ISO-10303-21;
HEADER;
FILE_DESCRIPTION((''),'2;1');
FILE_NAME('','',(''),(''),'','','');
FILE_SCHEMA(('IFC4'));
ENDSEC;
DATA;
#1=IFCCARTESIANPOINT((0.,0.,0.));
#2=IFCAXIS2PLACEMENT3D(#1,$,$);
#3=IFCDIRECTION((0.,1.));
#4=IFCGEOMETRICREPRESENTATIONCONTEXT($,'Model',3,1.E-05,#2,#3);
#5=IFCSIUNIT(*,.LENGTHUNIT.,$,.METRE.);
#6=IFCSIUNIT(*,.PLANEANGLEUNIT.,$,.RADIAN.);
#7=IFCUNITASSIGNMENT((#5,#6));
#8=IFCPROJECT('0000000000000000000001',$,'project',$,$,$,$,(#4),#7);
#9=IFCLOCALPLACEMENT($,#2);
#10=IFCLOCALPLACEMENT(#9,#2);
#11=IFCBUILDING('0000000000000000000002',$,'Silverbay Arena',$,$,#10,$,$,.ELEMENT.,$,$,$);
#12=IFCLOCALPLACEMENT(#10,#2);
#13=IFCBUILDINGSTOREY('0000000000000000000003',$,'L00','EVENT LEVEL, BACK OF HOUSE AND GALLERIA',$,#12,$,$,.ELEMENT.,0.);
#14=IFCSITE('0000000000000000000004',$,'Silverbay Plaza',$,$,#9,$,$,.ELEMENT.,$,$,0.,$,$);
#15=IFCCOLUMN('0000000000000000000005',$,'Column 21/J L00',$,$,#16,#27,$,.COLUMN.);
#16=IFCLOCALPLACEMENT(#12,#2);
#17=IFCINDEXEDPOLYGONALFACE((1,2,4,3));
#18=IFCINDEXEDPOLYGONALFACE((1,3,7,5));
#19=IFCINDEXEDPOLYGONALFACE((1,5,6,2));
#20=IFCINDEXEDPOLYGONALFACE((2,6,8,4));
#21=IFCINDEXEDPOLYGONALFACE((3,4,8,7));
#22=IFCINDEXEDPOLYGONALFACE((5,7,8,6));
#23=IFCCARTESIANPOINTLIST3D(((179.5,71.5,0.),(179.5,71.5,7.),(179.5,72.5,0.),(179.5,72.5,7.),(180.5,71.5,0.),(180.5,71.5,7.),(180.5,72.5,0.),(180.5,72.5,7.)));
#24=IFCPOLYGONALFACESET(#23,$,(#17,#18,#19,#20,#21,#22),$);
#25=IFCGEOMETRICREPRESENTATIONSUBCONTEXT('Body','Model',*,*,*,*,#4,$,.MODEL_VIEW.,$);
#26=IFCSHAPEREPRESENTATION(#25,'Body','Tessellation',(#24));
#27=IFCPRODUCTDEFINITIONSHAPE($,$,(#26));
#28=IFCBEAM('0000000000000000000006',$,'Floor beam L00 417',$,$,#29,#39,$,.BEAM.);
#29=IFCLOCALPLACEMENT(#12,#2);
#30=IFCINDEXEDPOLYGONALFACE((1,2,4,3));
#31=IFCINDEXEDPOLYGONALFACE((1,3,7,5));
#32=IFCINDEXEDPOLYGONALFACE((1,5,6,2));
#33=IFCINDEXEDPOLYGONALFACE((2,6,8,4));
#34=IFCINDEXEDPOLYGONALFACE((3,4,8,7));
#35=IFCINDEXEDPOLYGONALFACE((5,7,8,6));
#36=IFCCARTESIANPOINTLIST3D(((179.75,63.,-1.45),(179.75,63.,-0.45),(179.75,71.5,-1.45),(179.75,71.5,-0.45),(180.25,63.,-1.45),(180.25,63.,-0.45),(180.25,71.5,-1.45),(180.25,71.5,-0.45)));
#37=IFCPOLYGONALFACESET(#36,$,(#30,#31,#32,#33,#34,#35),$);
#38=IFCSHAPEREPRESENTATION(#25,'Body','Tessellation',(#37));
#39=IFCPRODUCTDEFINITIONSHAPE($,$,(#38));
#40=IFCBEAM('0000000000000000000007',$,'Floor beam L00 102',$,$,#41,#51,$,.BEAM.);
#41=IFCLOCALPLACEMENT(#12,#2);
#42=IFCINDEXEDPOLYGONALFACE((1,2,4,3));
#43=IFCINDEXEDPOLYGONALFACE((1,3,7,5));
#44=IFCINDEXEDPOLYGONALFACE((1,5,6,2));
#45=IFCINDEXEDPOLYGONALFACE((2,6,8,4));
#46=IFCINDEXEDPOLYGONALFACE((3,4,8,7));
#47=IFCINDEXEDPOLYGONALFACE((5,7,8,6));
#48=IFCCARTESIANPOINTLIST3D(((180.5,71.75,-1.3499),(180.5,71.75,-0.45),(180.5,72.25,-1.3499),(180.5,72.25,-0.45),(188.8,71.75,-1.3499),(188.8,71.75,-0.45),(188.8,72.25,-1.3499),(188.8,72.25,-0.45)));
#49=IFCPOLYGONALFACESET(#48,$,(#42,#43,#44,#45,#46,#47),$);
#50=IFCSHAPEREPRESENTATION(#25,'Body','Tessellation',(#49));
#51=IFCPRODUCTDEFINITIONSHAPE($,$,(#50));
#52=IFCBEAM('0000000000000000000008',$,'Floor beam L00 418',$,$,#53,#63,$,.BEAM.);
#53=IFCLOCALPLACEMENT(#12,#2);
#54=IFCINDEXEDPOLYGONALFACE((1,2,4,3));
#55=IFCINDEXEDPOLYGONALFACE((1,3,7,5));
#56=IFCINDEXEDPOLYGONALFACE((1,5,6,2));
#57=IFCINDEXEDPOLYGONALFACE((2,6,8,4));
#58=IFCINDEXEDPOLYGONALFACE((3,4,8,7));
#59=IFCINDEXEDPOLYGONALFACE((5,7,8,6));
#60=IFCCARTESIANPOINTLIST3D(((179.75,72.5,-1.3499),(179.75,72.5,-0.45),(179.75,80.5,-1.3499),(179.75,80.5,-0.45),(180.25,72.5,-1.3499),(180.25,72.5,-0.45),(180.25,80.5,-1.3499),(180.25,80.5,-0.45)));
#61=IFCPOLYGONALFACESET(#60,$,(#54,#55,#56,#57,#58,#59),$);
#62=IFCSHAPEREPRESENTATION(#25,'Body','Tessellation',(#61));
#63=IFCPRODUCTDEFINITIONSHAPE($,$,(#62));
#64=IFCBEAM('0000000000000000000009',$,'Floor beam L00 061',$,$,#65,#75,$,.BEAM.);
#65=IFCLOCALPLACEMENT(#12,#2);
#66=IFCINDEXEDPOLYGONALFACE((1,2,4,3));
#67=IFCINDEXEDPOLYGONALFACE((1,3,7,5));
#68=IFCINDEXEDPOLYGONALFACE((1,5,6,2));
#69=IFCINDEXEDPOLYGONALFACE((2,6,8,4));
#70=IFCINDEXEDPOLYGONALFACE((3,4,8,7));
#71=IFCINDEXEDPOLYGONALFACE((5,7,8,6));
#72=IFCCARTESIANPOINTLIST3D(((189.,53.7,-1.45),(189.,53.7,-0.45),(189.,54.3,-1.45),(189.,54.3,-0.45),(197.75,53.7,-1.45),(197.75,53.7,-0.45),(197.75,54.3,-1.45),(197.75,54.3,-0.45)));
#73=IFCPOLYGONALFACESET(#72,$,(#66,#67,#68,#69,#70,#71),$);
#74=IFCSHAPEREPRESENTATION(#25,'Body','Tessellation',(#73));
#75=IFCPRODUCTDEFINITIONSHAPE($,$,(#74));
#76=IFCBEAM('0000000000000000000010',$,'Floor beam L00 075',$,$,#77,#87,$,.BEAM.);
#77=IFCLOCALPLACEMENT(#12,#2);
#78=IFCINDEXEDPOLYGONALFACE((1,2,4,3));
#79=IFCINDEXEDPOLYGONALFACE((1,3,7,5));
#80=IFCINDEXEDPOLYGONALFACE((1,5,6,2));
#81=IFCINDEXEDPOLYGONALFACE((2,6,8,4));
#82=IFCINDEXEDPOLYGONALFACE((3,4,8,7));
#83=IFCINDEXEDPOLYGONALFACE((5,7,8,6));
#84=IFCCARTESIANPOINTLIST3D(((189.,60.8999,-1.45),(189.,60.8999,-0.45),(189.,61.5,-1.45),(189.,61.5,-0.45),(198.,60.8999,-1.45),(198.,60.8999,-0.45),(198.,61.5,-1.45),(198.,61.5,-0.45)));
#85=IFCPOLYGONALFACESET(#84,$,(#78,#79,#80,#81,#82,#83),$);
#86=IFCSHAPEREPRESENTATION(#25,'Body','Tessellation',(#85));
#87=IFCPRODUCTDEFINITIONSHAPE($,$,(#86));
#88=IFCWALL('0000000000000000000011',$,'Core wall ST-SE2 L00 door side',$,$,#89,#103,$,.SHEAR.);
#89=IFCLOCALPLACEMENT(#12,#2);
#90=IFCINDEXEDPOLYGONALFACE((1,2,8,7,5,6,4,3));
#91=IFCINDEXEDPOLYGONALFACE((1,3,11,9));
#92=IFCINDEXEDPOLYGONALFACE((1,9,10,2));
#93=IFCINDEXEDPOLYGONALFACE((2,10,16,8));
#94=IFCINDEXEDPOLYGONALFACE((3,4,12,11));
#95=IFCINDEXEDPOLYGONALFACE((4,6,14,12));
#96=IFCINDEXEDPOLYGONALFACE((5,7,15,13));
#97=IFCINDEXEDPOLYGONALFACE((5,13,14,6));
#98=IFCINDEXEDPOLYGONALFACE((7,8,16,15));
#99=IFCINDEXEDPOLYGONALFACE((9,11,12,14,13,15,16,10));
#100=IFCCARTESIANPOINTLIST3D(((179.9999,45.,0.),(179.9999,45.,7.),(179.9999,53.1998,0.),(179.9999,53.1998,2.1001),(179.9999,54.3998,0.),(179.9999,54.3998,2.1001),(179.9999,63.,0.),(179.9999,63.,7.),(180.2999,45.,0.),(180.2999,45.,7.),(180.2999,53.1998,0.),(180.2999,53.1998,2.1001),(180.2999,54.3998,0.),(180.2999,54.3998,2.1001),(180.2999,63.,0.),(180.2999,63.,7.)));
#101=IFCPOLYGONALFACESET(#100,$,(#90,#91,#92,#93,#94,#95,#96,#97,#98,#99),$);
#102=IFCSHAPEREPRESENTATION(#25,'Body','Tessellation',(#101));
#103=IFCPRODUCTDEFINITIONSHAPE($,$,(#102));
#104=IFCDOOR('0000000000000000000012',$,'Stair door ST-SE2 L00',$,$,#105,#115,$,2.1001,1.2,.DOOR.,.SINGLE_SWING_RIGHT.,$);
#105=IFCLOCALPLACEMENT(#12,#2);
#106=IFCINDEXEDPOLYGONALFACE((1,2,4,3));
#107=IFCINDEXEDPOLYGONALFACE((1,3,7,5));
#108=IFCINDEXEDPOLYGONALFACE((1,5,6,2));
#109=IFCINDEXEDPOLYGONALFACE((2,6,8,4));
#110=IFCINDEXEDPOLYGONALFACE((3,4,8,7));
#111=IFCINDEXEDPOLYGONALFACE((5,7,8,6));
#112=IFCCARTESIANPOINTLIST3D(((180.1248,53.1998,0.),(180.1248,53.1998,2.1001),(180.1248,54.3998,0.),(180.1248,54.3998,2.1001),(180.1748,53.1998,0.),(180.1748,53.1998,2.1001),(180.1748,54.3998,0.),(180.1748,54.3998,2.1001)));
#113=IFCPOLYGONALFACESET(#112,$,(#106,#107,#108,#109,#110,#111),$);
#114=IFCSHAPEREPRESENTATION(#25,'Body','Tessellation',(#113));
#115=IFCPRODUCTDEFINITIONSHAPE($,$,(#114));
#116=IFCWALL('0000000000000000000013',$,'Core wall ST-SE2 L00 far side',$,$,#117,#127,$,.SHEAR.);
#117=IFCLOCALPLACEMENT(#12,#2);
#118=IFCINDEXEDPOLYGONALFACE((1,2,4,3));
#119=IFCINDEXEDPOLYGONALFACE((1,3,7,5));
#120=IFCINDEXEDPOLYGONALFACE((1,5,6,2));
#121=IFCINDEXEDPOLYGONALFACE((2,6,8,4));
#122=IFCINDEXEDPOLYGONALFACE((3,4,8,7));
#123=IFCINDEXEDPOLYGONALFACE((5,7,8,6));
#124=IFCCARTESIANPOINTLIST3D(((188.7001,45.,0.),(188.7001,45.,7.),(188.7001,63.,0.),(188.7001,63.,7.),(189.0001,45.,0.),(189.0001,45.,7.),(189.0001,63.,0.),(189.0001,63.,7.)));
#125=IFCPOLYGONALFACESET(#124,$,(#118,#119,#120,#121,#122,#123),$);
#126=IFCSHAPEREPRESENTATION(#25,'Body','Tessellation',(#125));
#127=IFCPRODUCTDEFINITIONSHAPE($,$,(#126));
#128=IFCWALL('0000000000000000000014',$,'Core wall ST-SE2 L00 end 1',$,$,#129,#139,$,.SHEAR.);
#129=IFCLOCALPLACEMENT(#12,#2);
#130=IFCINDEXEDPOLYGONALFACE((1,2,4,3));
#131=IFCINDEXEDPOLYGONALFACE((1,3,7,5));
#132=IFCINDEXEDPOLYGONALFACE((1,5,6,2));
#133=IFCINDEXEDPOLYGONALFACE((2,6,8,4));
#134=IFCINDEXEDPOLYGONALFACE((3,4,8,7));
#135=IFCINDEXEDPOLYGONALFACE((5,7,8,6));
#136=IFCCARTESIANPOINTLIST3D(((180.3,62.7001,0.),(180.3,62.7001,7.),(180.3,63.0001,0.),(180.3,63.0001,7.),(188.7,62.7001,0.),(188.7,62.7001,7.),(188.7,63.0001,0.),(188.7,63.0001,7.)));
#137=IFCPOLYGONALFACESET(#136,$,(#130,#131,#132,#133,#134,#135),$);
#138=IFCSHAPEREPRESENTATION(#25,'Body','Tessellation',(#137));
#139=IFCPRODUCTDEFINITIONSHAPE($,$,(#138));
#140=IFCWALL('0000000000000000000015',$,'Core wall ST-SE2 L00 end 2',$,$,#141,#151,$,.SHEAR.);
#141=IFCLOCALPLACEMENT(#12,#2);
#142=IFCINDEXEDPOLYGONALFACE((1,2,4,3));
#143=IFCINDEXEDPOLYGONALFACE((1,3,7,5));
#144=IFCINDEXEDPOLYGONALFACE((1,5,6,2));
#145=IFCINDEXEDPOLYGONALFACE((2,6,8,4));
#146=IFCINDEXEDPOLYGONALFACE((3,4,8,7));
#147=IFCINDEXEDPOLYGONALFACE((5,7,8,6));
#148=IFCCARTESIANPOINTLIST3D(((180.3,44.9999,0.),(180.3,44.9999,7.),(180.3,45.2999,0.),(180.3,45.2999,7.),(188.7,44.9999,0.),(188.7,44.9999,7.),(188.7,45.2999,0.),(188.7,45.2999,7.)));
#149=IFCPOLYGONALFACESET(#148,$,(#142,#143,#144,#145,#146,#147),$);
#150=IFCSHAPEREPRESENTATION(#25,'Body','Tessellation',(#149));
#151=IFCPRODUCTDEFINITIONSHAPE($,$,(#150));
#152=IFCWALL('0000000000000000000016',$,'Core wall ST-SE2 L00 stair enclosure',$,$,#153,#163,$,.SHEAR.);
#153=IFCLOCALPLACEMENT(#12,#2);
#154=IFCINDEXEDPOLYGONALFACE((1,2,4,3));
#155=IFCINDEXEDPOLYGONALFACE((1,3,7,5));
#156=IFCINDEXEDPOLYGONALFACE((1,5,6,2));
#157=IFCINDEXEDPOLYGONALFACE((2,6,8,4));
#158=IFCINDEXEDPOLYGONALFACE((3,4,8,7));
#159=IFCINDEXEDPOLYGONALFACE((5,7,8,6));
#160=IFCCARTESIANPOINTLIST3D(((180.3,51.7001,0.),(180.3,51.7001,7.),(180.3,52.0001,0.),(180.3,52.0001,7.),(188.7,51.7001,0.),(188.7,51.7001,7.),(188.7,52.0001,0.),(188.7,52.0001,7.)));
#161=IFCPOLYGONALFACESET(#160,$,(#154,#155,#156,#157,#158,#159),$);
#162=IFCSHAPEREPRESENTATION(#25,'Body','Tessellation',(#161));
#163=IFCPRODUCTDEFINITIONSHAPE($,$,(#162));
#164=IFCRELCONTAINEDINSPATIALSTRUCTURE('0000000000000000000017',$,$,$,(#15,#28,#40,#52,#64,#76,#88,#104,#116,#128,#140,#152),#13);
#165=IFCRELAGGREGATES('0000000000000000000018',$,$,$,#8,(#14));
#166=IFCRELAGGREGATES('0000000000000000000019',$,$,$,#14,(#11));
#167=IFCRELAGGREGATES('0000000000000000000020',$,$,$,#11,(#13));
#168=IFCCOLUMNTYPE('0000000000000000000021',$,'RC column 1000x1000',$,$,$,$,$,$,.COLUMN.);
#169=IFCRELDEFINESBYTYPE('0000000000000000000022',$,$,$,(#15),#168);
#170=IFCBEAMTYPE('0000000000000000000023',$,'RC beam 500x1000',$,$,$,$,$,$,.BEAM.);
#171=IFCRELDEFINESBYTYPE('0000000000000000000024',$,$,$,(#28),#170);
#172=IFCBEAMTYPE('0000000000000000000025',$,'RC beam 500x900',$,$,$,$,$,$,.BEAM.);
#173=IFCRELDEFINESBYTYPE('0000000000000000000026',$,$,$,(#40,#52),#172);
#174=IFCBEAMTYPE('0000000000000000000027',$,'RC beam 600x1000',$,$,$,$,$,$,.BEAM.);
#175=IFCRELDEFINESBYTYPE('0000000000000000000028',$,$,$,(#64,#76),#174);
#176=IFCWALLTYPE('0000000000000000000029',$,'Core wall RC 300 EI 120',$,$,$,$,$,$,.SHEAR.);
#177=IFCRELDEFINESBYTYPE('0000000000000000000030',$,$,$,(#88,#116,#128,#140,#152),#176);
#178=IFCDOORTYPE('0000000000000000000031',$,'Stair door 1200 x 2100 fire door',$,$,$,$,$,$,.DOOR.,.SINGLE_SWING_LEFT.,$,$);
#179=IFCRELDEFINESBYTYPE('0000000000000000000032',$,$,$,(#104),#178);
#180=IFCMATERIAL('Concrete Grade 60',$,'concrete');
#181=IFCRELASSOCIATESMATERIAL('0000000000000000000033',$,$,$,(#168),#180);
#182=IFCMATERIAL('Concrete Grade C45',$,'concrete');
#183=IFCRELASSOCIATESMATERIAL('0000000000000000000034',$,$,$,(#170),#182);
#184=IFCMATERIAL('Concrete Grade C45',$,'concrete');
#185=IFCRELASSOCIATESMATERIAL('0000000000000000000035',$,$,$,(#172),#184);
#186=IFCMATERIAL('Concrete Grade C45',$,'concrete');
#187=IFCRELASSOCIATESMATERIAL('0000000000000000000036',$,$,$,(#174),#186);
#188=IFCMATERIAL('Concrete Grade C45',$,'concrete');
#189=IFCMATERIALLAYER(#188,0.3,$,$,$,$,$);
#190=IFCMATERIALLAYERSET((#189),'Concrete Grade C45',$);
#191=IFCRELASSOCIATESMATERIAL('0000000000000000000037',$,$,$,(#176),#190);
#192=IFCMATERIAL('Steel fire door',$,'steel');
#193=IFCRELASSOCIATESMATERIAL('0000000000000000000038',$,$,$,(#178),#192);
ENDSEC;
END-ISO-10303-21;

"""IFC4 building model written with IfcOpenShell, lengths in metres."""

from ifc_helpers import new_model, si_unit, direction, frame, frame_2d, origin, origin_2d, place, context, subcontext, project, spatial, rectangle, extrude, material, layer, layer_set, material_profile, profile_set, type_object, element, fill, save


model = new_model("IFC4")

# Units and contexts
model_context = context("Model", 3, precision=1e-05, world=origin(), true_north=direction((0.0, 1.0)))
body_context = subcontext(model_context, "Body", "Model", "MODEL_VIEW")
ifc_project = project(units=[si_unit("LENGTHUNIT", "METRE"), si_unit("PLANEANGLEUNIT", "RADIAN")], contexts=[model_context])

# Site, building, storey
site_placement = place(None, origin())
site = spatial("IfcSite", under=ifc_project, at=site_placement, Name="Silverbay Plaza", CompositionType="ELEMENT", RefElevation=0.0)
building_placement = place(site_placement, origin())
building = spatial("IfcBuilding", under=site, at=building_placement, Name="Silverbay Arena", CompositionType="ELEMENT")
storey_placement = place(building_placement, origin())
storey = spatial("IfcBuildingStorey", under=building, at=storey_placement, Name="L00", Description="EVENT LEVEL, BACK OF HOUSE AND GALLERIA", CompositionType="ELEMENT", Elevation=0.0)

# Column
ifc_material_1 = material(Name="Concrete Grade 60", Category="concrete")
ifc_material_profile_1 = material_profile(ifc_material_1, rectangle(XDim=1.0, YDim=1.0, at=origin_2d()), Name="RC 1000x1000")
ifc_profile_set_1 = profile_set([ifc_material_profile_1], Name="Concrete Grade 60")
column_type = type_object("IfcColumnType", Name="RC column 1000x1000", PredefinedType="COLUMN", material=ifc_profile_set_1)
column_placement = place(storey_placement, frame((180.0, 72.0, 0.0), z_axis=(0.0, 0.0, 1.0), x_axis=(1.0, 0.0, 0.0)))
element("IfcColumn", 1, at=column_placement, inside=storey, type_object=column_type, Name="Column 21/J L00", PredefinedType="COLUMN", context=body_context, shape_type="SweptSolid", body=[
    extrude(rectangle(XDim=1.0, YDim=1.0, at=origin_2d()), origin(), (0.0, 0.0, 1.0), 7.0),
])

# Beams
ifc_material_2 = material(Name="Concrete Grade C45", Category="concrete")
ifc_material_profile_2 = material_profile(ifc_material_2, rectangle(XDim=0.5, YDim=1.0, at=origin_2d()), Name="RC 500x1000")
ifc_profile_set_2 = profile_set([ifc_material_profile_2], Name="Concrete Grade C45")
beam_type_1 = type_object("IfcBeamType", Name="RC beam 500x1000", PredefinedType="BEAM", material=ifc_profile_set_2)
beam_1_placement = place(storey_placement, frame((180.0, 63.0, -0.95), z_axis=(0.0, 1.0, 0.0), x_axis=(-1.0, 0.0, 0.0)))
element("IfcBeam", 2, at=beam_1_placement, inside=storey, type_object=beam_type_1, Name="Floor beam L00 417", PredefinedType="BEAM", context=body_context, shape_type="SweptSolid", body=[
    extrude(rectangle(XDim=0.5, YDim=1.0, at=origin_2d()), origin(), (0.0, 0.0, 1.0), 8.5),
])
ifc_material_3 = material(Name="Concrete Grade C45", Category="concrete")
ifc_material_profile_3 = material_profile(ifc_material_3, rectangle(XDim=0.5, YDim=0.8999, at=origin_2d()), Name="RC 500x900")
ifc_profile_set_3 = profile_set([ifc_material_profile_3], Name="Concrete Grade C45")
beam_type_2 = type_object("IfcBeamType", Name="RC beam 500x900", PredefinedType="BEAM", material=ifc_profile_set_3)
beam_2_placement = place(storey_placement, frame((180.5, 72.0, -0.8999), z_axis=(1.0, 0.0, 0.0), x_axis=(0.0, 1.0, 0.0)))
element("IfcBeam", 3, at=beam_2_placement, inside=storey, type_object=beam_type_2, Name="Floor beam L00 102", PredefinedType="BEAM", context=body_context, shape_type="SweptSolid", body=[
    extrude(rectangle(XDim=0.5, YDim=0.8999, at=origin_2d()), origin(), (0.0, 0.0, 1.0), 8.3),
])
beam_3_placement = place(storey_placement, frame((180.0, 72.5, -0.8999), z_axis=(0.0, 1.0, 0.0), x_axis=(-1.0, 0.0, 0.0)))
element("IfcBeam", 4, at=beam_3_placement, inside=storey, type_object=beam_type_2, Name="Floor beam L00 418", PredefinedType="BEAM", context=body_context, shape_type="SweptSolid", body=[
    extrude(rectangle(XDim=0.5, YDim=0.8999, at=origin_2d()), origin(), (0.0, 0.0, 1.0), 8.0),
])
ifc_material_4 = material(Name="Concrete Grade C45", Category="concrete")
ifc_material_profile_4 = material_profile(ifc_material_4, rectangle(XDim=0.6001, YDim=1.0, at=origin_2d()), Name="RC 600x1000")
ifc_profile_set_4 = profile_set([ifc_material_profile_4], Name="Concrete Grade C45")
beam_type_3 = type_object("IfcBeamType", Name="RC beam 600x1000", PredefinedType="BEAM", material=ifc_profile_set_4)
beam_4_placement = place(storey_placement, frame((189.0, 54.0, -0.95), z_axis=(1.0, 0.0, 0.0), x_axis=(0.0, 1.0, 0.0)))
element("IfcBeam", 5, at=beam_4_placement, inside=storey, type_object=beam_type_3, Name="Floor beam L00 061", PredefinedType="BEAM", context=body_context, shape_type="SweptSolid", body=[
    extrude(rectangle(XDim=0.6001, YDim=1.0, at=origin_2d()), origin(), (0.0, 0.0, 1.0), 8.75),
])
beam_5_placement = place(storey_placement, frame((189.0, 61.2, -0.95), z_axis=(1.0, 0.0, 0.0), x_axis=(0.0, 1.0, 0.0)))
element("IfcBeam", 6, at=beam_5_placement, inside=storey, type_object=beam_type_3, Name="Floor beam L00 075", PredefinedType="BEAM", context=body_context, shape_type="SweptSolid", body=[
    extrude(rectangle(XDim=0.6001, YDim=1.0, at=origin_2d()), origin(), (0.0, 0.0, 1.0), 9.0),
])

# Wall, opening, door
ifc_material_5 = material(Name="Concrete Grade C45", Category="concrete")
ifc_layer_1 = layer(ifc_material_5, 0.3)
ifc_layer_set_1 = layer_set([ifc_layer_1], Name="Concrete Grade C45")
wall_type_1 = type_object("IfcWallType", Name="Core wall RC 300 EI 120", PredefinedType="SHEAR", material=ifc_layer_set_1)
wall_1_placement = place(storey_placement, frame((180.1499, 63.0, 0.0), z_axis=(0.0, 0.0, 1.0), x_axis=(0.0, -1.0, 0.0)))
wall_1 = element("IfcWall", 7, at=wall_1_placement, inside=storey, type_object=wall_type_1, Name="Core wall ST-SE2 L00 door side", PredefinedType="SHEAR", context=body_context, shape_type="SweptSolid", body=[
    extrude(rectangle(XDim=18.0, YDim=0.3, at=frame_2d((9.0, 0.0))), origin(), (0.0, 0.0, 1.0), 7.0),
])
opening_1_placement = place(wall_1_placement, frame((8.6001, 0.0, 0.0)))
opening_1 = element("IfcOpeningElement", 8, at=opening_1_placement, cuts=wall_1, PredefinedType="OPENING", context=body_context, shape_type="SweptSolid", body=[
    extrude(rectangle(XDim=1.2, YDim=2.1001, at=frame_2d((0.6001, 1.05))), frame((0.0, 0.1602, 0.0), z_axis=(0.0, -1.0, 0.0), x_axis=(1.0, 0.0, 0.0)), (0.0, 0.0, 1.0), 0.3201),
])
ifc_material_6 = material(Name="Steel fire door", Category="steel")
door_type_1 = type_object("IfcDoorType", Name="Stair door 1200 x 2100 fire door", OperationType="SINGLE_SWING_LEFT", PredefinedType="DOOR", material=ifc_material_6)
door_1_placement = place(opening_1_placement, origin())
door_1 = element("IfcDoor", 9, at=door_1_placement, inside=storey, type_object=door_type_1, Name="Stair door ST-SE2 L00", OperationType="SINGLE_SWING_RIGHT", OverallHeight=2.1001, OverallWidth=1.2, PredefinedType="DOOR", context=body_context, shape_type="SweptSolid", body=[
    extrude(rectangle(XDim=1.2, YDim=2.1001, at=frame_2d((0.6001, 1.05))), frame((0.0, 0.0249, 0.0), z_axis=(0.0, -1.0, 0.0), x_axis=(1.0, 0.0, 0.0)), (0.0, 0.0, 1.0), 0.05),
])
fill(opening_1, door_1)

# Walls
wall_2_placement = place(storey_placement, frame((188.8501, 63.0, 0.0), z_axis=(0.0, 0.0, 1.0), x_axis=(0.0, -1.0, 0.0)))
element("IfcWall", 10, at=wall_2_placement, inside=storey, type_object=wall_type_1, Name="Core wall ST-SE2 L00 far side", PredefinedType="SHEAR", context=body_context, shape_type="SweptSolid", body=[
    extrude(rectangle(XDim=18.0, YDim=0.3, at=frame_2d((9.0, 0.0))), origin(), (0.0, 0.0, 1.0), 7.0),
])
for number, where, z_axis, x_axis, name in (
    (11, (180.3, 62.8501, 0.0), (0.0, 0.0, 1.0), (1.0, 0.0, 0.0), "Core wall ST-SE2 L00 end 1"),
    (12, (180.3, 45.1499, 0.0), (0.0, 0.0, 1.0), (1.0, 0.0, 0.0), "Core wall ST-SE2 L00 end 2"),
    (13, (180.3, 51.8501, 0.0), (0.0, 0.0, 1.0), (1.0, 0.0, 0.0), "Core wall ST-SE2 L00 stair enclosure"),
):
    element("IfcWall", number, at=place(storey_placement, frame(where, z_axis=z_axis, x_axis=x_axis)), inside=storey, type_object=wall_type_1, Name=name, PredefinedType="SHEAR", context=body_context, shape_type="SweptSolid", body=[
        extrude(rectangle(XDim=8.3999, YDim=0.3, at=frame_2d((4.2, 0.0))), origin(), (0.0, 0.0, 1.0), 7.0),
    ])

save(model, "model.ifc")
